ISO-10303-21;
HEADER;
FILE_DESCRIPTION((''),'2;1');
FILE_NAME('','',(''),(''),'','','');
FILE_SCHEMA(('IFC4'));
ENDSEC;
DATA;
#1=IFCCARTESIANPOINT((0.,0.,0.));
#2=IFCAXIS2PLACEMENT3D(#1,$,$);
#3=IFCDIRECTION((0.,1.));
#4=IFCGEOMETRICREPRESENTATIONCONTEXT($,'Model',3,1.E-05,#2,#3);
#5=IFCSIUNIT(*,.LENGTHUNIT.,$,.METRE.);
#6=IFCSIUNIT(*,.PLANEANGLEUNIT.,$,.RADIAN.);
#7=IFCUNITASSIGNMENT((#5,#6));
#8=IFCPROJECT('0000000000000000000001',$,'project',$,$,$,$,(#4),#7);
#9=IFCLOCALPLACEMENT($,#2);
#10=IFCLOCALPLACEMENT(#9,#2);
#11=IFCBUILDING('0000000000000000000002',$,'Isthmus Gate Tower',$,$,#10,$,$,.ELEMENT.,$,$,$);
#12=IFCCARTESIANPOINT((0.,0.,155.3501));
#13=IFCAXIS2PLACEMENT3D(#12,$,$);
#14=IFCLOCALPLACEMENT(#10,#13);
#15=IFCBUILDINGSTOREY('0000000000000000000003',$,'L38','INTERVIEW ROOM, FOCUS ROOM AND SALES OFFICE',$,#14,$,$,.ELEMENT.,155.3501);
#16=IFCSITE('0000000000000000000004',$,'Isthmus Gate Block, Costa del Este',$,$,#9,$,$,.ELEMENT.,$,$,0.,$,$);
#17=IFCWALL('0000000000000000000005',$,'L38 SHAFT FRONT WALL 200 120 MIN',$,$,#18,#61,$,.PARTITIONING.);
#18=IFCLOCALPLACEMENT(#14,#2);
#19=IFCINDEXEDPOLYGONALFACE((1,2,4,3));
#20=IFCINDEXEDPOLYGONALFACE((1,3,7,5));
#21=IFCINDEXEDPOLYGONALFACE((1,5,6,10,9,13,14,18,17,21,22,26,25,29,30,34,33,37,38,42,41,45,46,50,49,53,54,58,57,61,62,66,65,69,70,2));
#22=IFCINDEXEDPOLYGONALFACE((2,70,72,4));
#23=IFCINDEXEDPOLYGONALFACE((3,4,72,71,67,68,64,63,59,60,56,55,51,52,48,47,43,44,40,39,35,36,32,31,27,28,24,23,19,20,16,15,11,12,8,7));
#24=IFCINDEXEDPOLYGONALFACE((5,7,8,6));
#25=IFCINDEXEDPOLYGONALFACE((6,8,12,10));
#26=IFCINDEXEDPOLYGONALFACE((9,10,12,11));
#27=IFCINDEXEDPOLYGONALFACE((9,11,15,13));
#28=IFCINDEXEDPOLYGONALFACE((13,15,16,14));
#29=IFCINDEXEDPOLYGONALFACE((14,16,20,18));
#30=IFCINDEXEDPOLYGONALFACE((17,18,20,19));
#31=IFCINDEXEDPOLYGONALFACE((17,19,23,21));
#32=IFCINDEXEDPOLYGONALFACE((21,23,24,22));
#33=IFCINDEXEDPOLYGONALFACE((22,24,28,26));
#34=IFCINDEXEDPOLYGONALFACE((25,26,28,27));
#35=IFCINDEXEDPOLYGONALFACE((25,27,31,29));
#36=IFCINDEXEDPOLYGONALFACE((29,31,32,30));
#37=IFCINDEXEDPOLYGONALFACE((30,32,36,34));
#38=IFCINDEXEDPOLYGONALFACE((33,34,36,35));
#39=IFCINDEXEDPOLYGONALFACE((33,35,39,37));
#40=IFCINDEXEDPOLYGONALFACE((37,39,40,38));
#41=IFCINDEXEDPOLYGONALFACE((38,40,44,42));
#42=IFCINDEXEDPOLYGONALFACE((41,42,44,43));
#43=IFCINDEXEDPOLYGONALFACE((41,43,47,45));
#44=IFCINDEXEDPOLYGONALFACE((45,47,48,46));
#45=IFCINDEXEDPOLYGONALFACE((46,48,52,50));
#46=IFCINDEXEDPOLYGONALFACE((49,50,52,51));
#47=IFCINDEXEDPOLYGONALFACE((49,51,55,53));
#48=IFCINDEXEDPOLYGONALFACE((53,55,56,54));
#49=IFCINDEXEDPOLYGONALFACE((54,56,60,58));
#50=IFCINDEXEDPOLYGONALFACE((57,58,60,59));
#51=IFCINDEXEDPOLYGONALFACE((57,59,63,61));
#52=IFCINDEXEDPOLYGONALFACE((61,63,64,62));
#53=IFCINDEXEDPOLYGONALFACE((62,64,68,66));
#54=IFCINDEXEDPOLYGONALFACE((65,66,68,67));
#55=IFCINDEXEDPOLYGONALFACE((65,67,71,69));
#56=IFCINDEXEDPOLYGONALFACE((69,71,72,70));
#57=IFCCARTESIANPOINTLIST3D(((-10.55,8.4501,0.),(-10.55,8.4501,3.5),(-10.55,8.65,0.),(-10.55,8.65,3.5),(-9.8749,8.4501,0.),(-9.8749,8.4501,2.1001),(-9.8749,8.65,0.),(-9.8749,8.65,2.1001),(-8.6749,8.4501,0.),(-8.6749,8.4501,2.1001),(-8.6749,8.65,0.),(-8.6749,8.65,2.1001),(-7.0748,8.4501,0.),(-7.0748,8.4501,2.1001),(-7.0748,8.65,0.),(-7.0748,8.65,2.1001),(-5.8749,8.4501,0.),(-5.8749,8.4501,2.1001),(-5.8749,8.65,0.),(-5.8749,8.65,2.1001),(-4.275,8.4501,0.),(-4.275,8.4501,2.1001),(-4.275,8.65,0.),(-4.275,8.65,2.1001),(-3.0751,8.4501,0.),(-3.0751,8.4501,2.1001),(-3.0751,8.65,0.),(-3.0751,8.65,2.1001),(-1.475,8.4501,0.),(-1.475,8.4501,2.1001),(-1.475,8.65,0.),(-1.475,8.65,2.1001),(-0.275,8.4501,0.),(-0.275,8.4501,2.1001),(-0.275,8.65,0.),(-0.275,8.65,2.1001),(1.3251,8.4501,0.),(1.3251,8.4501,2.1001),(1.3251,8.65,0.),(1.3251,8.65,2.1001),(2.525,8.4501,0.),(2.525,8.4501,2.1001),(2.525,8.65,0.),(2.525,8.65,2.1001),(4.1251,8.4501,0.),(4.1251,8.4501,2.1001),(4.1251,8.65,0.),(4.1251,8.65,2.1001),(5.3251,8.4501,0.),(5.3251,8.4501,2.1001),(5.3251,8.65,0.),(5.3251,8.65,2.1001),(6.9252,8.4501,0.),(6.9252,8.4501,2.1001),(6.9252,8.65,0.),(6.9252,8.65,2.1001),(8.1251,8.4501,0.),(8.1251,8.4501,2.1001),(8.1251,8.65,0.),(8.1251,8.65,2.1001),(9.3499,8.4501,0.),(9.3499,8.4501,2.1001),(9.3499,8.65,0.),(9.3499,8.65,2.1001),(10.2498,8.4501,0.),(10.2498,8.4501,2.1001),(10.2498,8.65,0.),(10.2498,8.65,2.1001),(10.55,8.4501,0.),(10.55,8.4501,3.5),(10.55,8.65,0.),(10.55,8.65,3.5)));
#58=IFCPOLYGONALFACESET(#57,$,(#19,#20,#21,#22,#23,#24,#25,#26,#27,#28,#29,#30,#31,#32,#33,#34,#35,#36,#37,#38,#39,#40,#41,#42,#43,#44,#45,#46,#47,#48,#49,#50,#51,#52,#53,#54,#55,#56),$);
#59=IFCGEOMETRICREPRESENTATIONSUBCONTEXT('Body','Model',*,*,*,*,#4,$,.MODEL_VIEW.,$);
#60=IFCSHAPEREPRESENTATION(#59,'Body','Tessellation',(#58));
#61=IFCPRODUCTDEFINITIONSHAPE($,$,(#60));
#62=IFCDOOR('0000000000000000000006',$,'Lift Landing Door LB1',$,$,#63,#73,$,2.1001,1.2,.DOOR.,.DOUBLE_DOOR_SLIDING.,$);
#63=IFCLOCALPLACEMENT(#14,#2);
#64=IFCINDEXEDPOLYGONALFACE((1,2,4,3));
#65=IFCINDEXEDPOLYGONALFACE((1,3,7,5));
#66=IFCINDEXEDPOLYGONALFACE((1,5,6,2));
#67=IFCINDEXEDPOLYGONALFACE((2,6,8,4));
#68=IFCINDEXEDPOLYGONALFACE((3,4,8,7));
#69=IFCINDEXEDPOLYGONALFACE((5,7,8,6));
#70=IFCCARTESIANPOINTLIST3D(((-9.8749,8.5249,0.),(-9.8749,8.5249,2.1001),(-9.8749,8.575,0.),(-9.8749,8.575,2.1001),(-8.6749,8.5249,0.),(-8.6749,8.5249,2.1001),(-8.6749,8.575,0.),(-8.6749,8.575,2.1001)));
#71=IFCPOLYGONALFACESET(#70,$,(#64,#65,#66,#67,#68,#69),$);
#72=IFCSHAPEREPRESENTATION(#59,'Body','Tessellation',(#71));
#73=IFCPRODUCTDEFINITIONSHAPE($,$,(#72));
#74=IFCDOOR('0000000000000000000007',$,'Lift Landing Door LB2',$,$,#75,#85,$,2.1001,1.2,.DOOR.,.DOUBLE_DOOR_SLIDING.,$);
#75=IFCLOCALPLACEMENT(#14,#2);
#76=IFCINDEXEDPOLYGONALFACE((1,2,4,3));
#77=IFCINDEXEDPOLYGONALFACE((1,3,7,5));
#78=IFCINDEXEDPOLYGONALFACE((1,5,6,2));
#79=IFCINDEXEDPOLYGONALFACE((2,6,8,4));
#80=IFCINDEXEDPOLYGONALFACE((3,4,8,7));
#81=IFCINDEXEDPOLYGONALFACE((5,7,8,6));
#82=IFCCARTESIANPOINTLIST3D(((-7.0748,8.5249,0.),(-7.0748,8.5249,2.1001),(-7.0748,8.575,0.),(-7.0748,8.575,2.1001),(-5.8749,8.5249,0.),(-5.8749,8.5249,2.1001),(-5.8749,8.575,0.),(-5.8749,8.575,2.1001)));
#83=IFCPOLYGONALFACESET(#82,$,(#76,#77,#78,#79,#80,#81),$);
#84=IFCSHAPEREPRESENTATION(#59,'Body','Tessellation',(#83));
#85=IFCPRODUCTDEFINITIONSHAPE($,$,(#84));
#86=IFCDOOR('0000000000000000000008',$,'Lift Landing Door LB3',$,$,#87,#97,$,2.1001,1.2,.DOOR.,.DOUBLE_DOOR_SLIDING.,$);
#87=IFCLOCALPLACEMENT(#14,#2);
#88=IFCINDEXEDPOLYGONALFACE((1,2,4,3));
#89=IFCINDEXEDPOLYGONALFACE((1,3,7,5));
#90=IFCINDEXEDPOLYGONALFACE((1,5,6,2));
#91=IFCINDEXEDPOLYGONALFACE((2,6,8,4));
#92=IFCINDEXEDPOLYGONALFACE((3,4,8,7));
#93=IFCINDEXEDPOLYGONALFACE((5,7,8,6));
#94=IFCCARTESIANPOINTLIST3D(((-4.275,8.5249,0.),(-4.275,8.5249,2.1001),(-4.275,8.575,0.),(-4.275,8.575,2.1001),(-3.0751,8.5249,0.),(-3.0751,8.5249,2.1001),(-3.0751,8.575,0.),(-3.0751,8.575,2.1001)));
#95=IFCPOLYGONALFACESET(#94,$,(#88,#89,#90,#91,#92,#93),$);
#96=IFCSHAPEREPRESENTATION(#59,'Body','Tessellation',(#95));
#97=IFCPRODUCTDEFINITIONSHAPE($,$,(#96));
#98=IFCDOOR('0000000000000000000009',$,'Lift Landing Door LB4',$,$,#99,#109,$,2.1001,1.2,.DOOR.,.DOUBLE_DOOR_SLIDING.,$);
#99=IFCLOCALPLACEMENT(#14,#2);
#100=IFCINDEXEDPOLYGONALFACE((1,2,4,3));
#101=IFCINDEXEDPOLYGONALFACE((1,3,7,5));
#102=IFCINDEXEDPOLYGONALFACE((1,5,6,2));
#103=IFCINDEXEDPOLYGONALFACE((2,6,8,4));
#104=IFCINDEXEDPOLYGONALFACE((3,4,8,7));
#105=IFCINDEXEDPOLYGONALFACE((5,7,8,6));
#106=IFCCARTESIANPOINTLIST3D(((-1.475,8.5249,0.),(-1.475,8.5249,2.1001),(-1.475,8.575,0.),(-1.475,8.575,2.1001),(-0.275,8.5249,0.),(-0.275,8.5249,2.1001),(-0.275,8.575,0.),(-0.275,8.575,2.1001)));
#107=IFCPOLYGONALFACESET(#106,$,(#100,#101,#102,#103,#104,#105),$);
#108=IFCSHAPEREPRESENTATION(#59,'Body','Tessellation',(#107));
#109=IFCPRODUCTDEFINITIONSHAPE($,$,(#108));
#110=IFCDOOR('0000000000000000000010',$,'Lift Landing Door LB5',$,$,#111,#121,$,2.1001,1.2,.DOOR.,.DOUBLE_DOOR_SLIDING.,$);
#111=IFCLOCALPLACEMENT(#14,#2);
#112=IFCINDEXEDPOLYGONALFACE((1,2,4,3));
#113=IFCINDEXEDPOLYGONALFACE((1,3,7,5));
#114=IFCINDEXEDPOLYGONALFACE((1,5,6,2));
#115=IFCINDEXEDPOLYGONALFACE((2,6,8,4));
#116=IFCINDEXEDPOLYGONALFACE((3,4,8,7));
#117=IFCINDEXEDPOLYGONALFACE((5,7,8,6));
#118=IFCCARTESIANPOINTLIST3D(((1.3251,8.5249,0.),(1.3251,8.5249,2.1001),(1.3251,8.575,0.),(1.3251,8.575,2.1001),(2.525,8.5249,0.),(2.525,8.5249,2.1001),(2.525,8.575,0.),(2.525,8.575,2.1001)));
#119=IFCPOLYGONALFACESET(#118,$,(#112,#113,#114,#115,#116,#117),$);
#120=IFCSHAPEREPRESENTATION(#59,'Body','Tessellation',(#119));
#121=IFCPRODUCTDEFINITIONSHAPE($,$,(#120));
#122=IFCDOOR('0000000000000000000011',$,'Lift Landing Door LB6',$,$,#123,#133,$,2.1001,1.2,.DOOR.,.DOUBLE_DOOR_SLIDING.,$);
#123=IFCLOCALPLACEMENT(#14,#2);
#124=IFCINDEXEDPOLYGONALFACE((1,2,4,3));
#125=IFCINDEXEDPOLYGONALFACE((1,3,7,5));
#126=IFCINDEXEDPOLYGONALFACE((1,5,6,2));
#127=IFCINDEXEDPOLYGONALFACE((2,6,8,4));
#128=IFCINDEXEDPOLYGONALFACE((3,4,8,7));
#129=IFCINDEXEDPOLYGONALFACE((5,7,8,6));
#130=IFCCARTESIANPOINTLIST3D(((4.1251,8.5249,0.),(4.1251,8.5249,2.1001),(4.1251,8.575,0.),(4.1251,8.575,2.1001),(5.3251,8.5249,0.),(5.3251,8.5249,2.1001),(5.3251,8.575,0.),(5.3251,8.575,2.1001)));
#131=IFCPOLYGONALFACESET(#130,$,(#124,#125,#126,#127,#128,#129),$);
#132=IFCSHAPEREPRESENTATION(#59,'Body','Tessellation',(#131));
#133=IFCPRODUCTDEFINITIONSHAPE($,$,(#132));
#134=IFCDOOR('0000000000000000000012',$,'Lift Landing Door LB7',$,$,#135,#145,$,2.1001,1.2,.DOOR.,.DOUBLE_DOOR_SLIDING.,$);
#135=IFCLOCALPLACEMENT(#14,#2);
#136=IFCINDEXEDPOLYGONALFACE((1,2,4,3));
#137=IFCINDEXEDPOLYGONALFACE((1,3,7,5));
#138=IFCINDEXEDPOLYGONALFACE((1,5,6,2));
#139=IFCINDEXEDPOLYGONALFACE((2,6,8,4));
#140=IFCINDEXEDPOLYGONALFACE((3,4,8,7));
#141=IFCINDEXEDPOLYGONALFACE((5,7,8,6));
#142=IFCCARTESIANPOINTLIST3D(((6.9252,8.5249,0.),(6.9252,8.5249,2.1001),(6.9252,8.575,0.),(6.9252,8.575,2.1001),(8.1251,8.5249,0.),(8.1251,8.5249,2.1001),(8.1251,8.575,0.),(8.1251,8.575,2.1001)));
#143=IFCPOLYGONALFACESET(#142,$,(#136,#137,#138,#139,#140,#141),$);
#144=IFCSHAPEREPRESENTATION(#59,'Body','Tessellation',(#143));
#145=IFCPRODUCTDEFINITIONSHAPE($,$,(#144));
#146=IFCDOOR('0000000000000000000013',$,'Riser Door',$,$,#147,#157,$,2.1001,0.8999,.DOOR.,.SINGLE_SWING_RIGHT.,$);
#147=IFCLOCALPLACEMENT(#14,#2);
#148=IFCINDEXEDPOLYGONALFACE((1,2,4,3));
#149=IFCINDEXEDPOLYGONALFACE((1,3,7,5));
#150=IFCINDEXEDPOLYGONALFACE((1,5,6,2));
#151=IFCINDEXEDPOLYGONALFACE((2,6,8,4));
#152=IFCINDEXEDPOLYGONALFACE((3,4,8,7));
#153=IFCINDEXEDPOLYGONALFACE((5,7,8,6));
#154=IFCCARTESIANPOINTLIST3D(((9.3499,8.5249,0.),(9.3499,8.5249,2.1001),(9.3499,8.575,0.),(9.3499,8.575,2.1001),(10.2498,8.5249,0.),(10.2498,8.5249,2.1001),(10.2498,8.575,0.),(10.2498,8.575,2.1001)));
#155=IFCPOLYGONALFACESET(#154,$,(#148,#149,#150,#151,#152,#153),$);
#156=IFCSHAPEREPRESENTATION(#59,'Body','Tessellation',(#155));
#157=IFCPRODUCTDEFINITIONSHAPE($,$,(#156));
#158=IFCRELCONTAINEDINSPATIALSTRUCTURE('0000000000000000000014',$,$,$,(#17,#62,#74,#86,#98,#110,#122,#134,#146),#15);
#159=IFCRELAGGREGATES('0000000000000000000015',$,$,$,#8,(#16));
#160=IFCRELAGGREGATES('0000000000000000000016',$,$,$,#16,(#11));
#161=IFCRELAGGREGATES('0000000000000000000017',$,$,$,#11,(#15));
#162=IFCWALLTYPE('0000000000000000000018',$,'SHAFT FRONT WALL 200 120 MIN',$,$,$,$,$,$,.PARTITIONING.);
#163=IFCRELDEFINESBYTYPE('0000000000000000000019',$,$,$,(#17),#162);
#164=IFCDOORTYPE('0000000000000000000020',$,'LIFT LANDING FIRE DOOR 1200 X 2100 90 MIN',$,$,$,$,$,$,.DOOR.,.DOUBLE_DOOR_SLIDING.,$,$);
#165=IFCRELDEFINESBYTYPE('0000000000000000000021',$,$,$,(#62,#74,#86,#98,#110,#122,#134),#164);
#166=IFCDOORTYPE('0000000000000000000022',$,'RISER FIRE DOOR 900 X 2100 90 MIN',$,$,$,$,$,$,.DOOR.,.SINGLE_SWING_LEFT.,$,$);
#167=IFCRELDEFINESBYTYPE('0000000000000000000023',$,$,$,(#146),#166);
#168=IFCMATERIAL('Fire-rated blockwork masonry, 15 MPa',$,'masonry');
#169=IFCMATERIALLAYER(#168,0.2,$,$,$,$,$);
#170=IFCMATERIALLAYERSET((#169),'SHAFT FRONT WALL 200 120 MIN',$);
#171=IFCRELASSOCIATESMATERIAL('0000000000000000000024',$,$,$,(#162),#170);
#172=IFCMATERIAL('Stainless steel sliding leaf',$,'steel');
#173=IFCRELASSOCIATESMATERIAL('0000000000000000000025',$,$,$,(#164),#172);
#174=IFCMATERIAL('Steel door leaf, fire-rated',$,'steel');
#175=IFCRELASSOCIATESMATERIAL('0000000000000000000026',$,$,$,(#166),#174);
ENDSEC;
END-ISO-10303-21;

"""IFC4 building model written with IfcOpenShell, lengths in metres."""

from ifc_helpers import new_model, si_unit, direction, frame, frame_2d, origin, place, context, subcontext, project, spatial, rectangle, extrude, material, layer, layer_set, type_object, element, fill, save


model = new_model("IFC4")

# Units and contexts
model_context = context("Model", 3, precision=1e-05, world=origin(), true_north=direction((0.0, 1.0)))
body_context = subcontext(model_context, "Body", "Model", "MODEL_VIEW")
ifc_project = project(units=[si_unit("LENGTHUNIT", "METRE"), si_unit("PLANEANGLEUNIT", "RADIAN")], contexts=[model_context])

# Site, building, storey
site_placement = place(None, origin())
site = spatial("IfcSite", under=ifc_project, at=site_placement, Name="Isthmus Gate Block, Costa del Este", CompositionType="ELEMENT", RefElevation=0.0)
building_placement = place(site_placement, origin())
building = spatial("IfcBuilding", under=site, at=building_placement, Name="Isthmus Gate Tower", CompositionType="ELEMENT")
storey_placement = place(building_placement, frame((0.0, 0.0, 155.3501)))
storey = spatial("IfcBuildingStorey", under=building, at=storey_placement, Name="L38", Description="INTERVIEW ROOM, FOCUS ROOM AND SALES OFFICE", CompositionType="ELEMENT", Elevation=155.3501)

# Wall, openings, doors
ifc_material_1 = material(Name="Fire-rated blockwork masonry, 15 MPa", Category="masonry")
ifc_layer_1 = layer(ifc_material_1, 0.2)
ifc_layer_set_1 = layer_set([ifc_layer_1], Name="SHAFT FRONT WALL 200 120 MIN")
wall_type_1 = type_object("IfcWallType", Name="SHAFT FRONT WALL 200 120 MIN", PredefinedType="PARTITIONING", material=ifc_layer_set_1)
wall_1_placement = place(storey_placement, frame((-10.55, 8.55, 0.0), z_axis=(0.0, 0.0, 1.0), x_axis=(1.0, 0.0, 0.0)))
wall_1 = element("IfcWall", 1, at=wall_1_placement, inside=storey, type_object=wall_type_1, Name="L38 SHAFT FRONT WALL 200 120 MIN", PredefinedType="PARTITIONING", context=body_context, shape_type="SweptSolid", body=[
    extrude(rectangle(XDim=21.1001, YDim=0.2, at=frame_2d((10.55, 0.0))), origin(), (0.0, 0.0, 1.0), 3.5),
])
opening_1_placement = place(wall_1_placement, frame((0.675, 0.0, 0.0)))
opening_1 = element("IfcOpeningElement", 2, at=opening_1_placement, cuts=wall_1, PredefinedType="OPENING", context=body_context, shape_type="SweptSolid", body=[
    extrude(rectangle(XDim=1.2, YDim=2.1001, at=frame_2d((0.6001, 1.05))), frame((0.0, 0.1099, 0.0), z_axis=(0.0, -1.0, 0.0), x_axis=(1.0, 0.0, 0.0)), (0.0, 0.0, 1.0), 0.22),
])
opening_2_placement = place(wall_1_placement, frame((3.4751, 0.0, 0.0)))
opening_2 = element("IfcOpeningElement", 3, at=opening_2_placement, cuts=wall_1, PredefinedType="OPENING", context=body_context, shape_type="SweptSolid", body=[
    extrude(rectangle(XDim=1.2, YDim=2.1001, at=frame_2d((0.6001, 1.05))), frame((0.0, 0.1099, 0.0), z_axis=(0.0, -1.0, 0.0), x_axis=(1.0, 0.0, 0.0)), (0.0, 0.0, 1.0), 0.22),
])
opening_3_placement = place(wall_1_placement, frame((6.2749, 0.0, 0.0)))
opening_3 = element("IfcOpeningElement", 4, at=opening_3_placement, cuts=wall_1, PredefinedType="OPENING", context=body_context, shape_type="SweptSolid", body=[
    extrude(rectangle(XDim=1.2, YDim=2.1001, at=frame_2d((0.6001, 1.05))), frame((0.0, 0.1099, 0.0), z_axis=(0.0, -1.0, 0.0), x_axis=(1.0, 0.0, 0.0)), (0.0, 0.0, 1.0), 0.22),
])
opening_4_placement = place(wall_1_placement, frame((9.075, 0.0, 0.0)))
opening_4 = element("IfcOpeningElement", 5, at=opening_4_placement, cuts=wall_1, PredefinedType="OPENING", context=body_context, shape_type="SweptSolid", body=[
    extrude(rectangle(XDim=1.2, YDim=2.1001, at=frame_2d((0.6001, 1.05))), frame((0.0, 0.1099, 0.0), z_axis=(0.0, -1.0, 0.0), x_axis=(1.0, 0.0, 0.0)), (0.0, 0.0, 1.0), 0.22),
])
opening_5_placement = place(wall_1_placement, frame((11.875, 0.0, 0.0)))
opening_5 = element("IfcOpeningElement", 6, at=opening_5_placement, cuts=wall_1, PredefinedType="OPENING", context=body_context, shape_type="SweptSolid", body=[
    extrude(rectangle(XDim=1.2, YDim=2.1001, at=frame_2d((0.6001, 1.05))), frame((0.0, 0.1099, 0.0), z_axis=(0.0, -1.0, 0.0), x_axis=(1.0, 0.0, 0.0)), (0.0, 0.0, 1.0), 0.22),
])
opening_6_placement = place(wall_1_placement, frame((14.675, 0.0, 0.0)))
opening_6 = element("IfcOpeningElement", 7, at=opening_6_placement, cuts=wall_1, PredefinedType="OPENING", context=body_context, shape_type="SweptSolid", body=[
    extrude(rectangle(XDim=1.2, YDim=2.1001, at=frame_2d((0.6001, 1.05))), frame((0.0, 0.1099, 0.0), z_axis=(0.0, -1.0, 0.0), x_axis=(1.0, 0.0, 0.0)), (0.0, 0.0, 1.0), 0.22),
])
opening_7_placement = place(wall_1_placement, frame((17.4751, 0.0, 0.0)))
opening_7 = element("IfcOpeningElement", 8, at=opening_7_placement, cuts=wall_1, PredefinedType="OPENING", context=body_context, shape_type="SweptSolid", body=[
    extrude(rectangle(XDim=1.2, YDim=2.1001, at=frame_2d((0.6001, 1.05))), frame((0.0, 0.1099, 0.0), z_axis=(0.0, -1.0, 0.0), x_axis=(1.0, 0.0, 0.0)), (0.0, 0.0, 1.0), 0.22),
])
opening_8_placement = place(wall_1_placement, frame((19.8999, 0.0, 0.0)))
opening_8 = element("IfcOpeningElement", 9, at=opening_8_placement, cuts=wall_1, PredefinedType="OPENING", context=body_context, shape_type="SweptSolid", body=[
    extrude(rectangle(XDim=0.8999, YDim=2.1001, at=frame_2d((0.45, 1.05))), frame((0.0, 0.1099, 0.0), z_axis=(0.0, -1.0, 0.0), x_axis=(1.0, 0.0, 0.0)), (0.0, 0.0, 1.0), 0.22),
])
ifc_material_2 = material(Name="Stainless steel sliding leaf", Category="steel")
door_type_1 = type_object("IfcDoorType", Name="LIFT LANDING FIRE DOOR 1200 X 2100 90 MIN", OperationType="DOUBLE_DOOR_SLIDING", PredefinedType="DOOR", material=ifc_material_2)
door_1_placement = place(opening_1_placement, origin())
door_1 = element("IfcDoor", 10, at=door_1_placement, inside=storey, type_object=door_type_1, Name="Lift Landing Door LB1", OperationType="DOUBLE_DOOR_SLIDING", OverallHeight=2.1001, OverallWidth=1.2, PredefinedType="DOOR", context=body_context, shape_type="SweptSolid", body=[
    extrude(rectangle(XDim=1.2, YDim=2.1001, at=frame_2d((0.6001, 1.05))), frame((0.0, 0.0249, 0.0), z_axis=(0.0, -1.0, 0.0), x_axis=(1.0, 0.0, 0.0)), (0.0, 0.0, 1.0), 0.05),
])
fill(opening_1, door_1)
door_2_placement = place(opening_2_placement, origin())
door_2 = element("IfcDoor", 11, at=door_2_placement, inside=storey, type_object=door_type_1, Name="Lift Landing Door LB2", OperationType="DOUBLE_DOOR_SLIDING", OverallHeight=2.1001, OverallWidth=1.2, PredefinedType="DOOR", context=body_context, shape_type="SweptSolid", body=[
    extrude(rectangle(XDim=1.2, YDim=2.1001, at=frame_2d((0.6001, 1.05))), frame((0.0, 0.0249, 0.0), z_axis=(0.0, -1.0, 0.0), x_axis=(1.0, 0.0, 0.0)), (0.0, 0.0, 1.0), 0.05),
])
fill(opening_2, door_2)
door_3_placement = place(opening_3_placement, origin())
door_3 = element("IfcDoor", 12, at=door_3_placement, inside=storey, type_object=door_type_1, Name="Lift Landing Door LB3", OperationType="DOUBLE_DOOR_SLIDING", OverallHeight=2.1001, OverallWidth=1.2, PredefinedType="DOOR", context=body_context, shape_type="SweptSolid", body=[
    extrude(rectangle(XDim=1.2, YDim=2.1001, at=frame_2d((0.6001, 1.05))), frame((0.0, 0.0249, 0.0), z_axis=(0.0, -1.0, 0.0), x_axis=(1.0, 0.0, 0.0)), (0.0, 0.0, 1.0), 0.05),
])
fill(opening_3, door_3)
door_4_placement = place(opening_4_placement, origin())
door_4 = element("IfcDoor", 13, at=door_4_placement, inside=storey, type_object=door_type_1, Name="Lift Landing Door LB4", OperationType="DOUBLE_DOOR_SLIDING", OverallHeight=2.1001, OverallWidth=1.2, PredefinedType="DOOR", context=body_context, shape_type="SweptSolid", body=[
    extrude(rectangle(XDim=1.2, YDim=2.1001, at=frame_2d((0.6001, 1.05))), frame((0.0, 0.0249, 0.0), z_axis=(0.0, -1.0, 0.0), x_axis=(1.0, 0.0, 0.0)), (0.0, 0.0, 1.0), 0.05),
])
fill(opening_4, door_4)
door_5_placement = place(opening_5_placement, origin())
door_5 = element("IfcDoor", 14, at=door_5_placement, inside=storey, type_object=door_type_1, Name="Lift Landing Door LB5", OperationType="DOUBLE_DOOR_SLIDING", OverallHeight=2.1001, OverallWidth=1.2, PredefinedType="DOOR", context=body_context, shape_type="SweptSolid", body=[
    extrude(rectangle(XDim=1.2, YDim=2.1001, at=frame_2d((0.6001, 1.05))), frame((0.0, 0.0249, 0.0), z_axis=(0.0, -1.0, 0.0), x_axis=(1.0, 0.0, 0.0)), (0.0, 0.0, 1.0), 0.05),
])
fill(opening_5, door_5)
door_6_placement = place(opening_6_placement, origin())
door_6 = element("IfcDoor", 15, at=door_6_placement, inside=storey, type_object=door_type_1, Name="Lift Landing Door LB6", OperationType="DOUBLE_DOOR_SLIDING", OverallHeight=2.1001, OverallWidth=1.2, PredefinedType="DOOR", context=body_context, shape_type="SweptSolid", body=[
    extrude(rectangle(XDim=1.2, YDim=2.1001, at=frame_2d((0.6001, 1.05))), frame((0.0, 0.0249, 0.0), z_axis=(0.0, -1.0, 0.0), x_axis=(1.0, 0.0, 0.0)), (0.0, 0.0, 1.0), 0.05),
])
fill(opening_6, door_6)
door_7_placement = place(opening_7_placement, origin())
door_7 = element("IfcDoor", 16, at=door_7_placement, inside=storey, type_object=door_type_1, Name="Lift Landing Door LB7", OperationType="DOUBLE_DOOR_SLIDING", OverallHeight=2.1001, OverallWidth=1.2, PredefinedType="DOOR", context=body_context, shape_type="SweptSolid", body=[
    extrude(rectangle(XDim=1.2, YDim=2.1001, at=frame_2d((0.6001, 1.05))), frame((0.0, 0.0249, 0.0), z_axis=(0.0, -1.0, 0.0), x_axis=(1.0, 0.0, 0.0)), (0.0, 0.0, 1.0), 0.05),
])
fill(opening_7, door_7)
ifc_material_3 = material(Name="Steel door leaf, fire-rated", Category="steel")
door_type_2 = type_object("IfcDoorType", Name="RISER FIRE DOOR 900 X 2100 90 MIN", OperationType="SINGLE_SWING_LEFT", PredefinedType="DOOR", material=ifc_material_3)
door_8_placement = place(opening_8_placement, origin())
door_8 = element("IfcDoor", 17, at=door_8_placement, inside=storey, type_object=door_type_2, Name="Riser Door", OperationType="SINGLE_SWING_RIGHT", OverallHeight=2.1001, OverallWidth=0.8999, PredefinedType="DOOR", context=body_context, shape_type="SweptSolid", body=[
    extrude(rectangle(XDim=0.8999, YDim=2.1001, at=frame_2d((0.45, 1.05))), frame((0.0, 0.0249, 0.0), z_axis=(0.0, -1.0, 0.0), x_axis=(1.0, 0.0, 0.0)), (0.0, 0.0, 1.0), 0.05),
])
fill(opening_8, door_8)

save(model, "model.ifc")
